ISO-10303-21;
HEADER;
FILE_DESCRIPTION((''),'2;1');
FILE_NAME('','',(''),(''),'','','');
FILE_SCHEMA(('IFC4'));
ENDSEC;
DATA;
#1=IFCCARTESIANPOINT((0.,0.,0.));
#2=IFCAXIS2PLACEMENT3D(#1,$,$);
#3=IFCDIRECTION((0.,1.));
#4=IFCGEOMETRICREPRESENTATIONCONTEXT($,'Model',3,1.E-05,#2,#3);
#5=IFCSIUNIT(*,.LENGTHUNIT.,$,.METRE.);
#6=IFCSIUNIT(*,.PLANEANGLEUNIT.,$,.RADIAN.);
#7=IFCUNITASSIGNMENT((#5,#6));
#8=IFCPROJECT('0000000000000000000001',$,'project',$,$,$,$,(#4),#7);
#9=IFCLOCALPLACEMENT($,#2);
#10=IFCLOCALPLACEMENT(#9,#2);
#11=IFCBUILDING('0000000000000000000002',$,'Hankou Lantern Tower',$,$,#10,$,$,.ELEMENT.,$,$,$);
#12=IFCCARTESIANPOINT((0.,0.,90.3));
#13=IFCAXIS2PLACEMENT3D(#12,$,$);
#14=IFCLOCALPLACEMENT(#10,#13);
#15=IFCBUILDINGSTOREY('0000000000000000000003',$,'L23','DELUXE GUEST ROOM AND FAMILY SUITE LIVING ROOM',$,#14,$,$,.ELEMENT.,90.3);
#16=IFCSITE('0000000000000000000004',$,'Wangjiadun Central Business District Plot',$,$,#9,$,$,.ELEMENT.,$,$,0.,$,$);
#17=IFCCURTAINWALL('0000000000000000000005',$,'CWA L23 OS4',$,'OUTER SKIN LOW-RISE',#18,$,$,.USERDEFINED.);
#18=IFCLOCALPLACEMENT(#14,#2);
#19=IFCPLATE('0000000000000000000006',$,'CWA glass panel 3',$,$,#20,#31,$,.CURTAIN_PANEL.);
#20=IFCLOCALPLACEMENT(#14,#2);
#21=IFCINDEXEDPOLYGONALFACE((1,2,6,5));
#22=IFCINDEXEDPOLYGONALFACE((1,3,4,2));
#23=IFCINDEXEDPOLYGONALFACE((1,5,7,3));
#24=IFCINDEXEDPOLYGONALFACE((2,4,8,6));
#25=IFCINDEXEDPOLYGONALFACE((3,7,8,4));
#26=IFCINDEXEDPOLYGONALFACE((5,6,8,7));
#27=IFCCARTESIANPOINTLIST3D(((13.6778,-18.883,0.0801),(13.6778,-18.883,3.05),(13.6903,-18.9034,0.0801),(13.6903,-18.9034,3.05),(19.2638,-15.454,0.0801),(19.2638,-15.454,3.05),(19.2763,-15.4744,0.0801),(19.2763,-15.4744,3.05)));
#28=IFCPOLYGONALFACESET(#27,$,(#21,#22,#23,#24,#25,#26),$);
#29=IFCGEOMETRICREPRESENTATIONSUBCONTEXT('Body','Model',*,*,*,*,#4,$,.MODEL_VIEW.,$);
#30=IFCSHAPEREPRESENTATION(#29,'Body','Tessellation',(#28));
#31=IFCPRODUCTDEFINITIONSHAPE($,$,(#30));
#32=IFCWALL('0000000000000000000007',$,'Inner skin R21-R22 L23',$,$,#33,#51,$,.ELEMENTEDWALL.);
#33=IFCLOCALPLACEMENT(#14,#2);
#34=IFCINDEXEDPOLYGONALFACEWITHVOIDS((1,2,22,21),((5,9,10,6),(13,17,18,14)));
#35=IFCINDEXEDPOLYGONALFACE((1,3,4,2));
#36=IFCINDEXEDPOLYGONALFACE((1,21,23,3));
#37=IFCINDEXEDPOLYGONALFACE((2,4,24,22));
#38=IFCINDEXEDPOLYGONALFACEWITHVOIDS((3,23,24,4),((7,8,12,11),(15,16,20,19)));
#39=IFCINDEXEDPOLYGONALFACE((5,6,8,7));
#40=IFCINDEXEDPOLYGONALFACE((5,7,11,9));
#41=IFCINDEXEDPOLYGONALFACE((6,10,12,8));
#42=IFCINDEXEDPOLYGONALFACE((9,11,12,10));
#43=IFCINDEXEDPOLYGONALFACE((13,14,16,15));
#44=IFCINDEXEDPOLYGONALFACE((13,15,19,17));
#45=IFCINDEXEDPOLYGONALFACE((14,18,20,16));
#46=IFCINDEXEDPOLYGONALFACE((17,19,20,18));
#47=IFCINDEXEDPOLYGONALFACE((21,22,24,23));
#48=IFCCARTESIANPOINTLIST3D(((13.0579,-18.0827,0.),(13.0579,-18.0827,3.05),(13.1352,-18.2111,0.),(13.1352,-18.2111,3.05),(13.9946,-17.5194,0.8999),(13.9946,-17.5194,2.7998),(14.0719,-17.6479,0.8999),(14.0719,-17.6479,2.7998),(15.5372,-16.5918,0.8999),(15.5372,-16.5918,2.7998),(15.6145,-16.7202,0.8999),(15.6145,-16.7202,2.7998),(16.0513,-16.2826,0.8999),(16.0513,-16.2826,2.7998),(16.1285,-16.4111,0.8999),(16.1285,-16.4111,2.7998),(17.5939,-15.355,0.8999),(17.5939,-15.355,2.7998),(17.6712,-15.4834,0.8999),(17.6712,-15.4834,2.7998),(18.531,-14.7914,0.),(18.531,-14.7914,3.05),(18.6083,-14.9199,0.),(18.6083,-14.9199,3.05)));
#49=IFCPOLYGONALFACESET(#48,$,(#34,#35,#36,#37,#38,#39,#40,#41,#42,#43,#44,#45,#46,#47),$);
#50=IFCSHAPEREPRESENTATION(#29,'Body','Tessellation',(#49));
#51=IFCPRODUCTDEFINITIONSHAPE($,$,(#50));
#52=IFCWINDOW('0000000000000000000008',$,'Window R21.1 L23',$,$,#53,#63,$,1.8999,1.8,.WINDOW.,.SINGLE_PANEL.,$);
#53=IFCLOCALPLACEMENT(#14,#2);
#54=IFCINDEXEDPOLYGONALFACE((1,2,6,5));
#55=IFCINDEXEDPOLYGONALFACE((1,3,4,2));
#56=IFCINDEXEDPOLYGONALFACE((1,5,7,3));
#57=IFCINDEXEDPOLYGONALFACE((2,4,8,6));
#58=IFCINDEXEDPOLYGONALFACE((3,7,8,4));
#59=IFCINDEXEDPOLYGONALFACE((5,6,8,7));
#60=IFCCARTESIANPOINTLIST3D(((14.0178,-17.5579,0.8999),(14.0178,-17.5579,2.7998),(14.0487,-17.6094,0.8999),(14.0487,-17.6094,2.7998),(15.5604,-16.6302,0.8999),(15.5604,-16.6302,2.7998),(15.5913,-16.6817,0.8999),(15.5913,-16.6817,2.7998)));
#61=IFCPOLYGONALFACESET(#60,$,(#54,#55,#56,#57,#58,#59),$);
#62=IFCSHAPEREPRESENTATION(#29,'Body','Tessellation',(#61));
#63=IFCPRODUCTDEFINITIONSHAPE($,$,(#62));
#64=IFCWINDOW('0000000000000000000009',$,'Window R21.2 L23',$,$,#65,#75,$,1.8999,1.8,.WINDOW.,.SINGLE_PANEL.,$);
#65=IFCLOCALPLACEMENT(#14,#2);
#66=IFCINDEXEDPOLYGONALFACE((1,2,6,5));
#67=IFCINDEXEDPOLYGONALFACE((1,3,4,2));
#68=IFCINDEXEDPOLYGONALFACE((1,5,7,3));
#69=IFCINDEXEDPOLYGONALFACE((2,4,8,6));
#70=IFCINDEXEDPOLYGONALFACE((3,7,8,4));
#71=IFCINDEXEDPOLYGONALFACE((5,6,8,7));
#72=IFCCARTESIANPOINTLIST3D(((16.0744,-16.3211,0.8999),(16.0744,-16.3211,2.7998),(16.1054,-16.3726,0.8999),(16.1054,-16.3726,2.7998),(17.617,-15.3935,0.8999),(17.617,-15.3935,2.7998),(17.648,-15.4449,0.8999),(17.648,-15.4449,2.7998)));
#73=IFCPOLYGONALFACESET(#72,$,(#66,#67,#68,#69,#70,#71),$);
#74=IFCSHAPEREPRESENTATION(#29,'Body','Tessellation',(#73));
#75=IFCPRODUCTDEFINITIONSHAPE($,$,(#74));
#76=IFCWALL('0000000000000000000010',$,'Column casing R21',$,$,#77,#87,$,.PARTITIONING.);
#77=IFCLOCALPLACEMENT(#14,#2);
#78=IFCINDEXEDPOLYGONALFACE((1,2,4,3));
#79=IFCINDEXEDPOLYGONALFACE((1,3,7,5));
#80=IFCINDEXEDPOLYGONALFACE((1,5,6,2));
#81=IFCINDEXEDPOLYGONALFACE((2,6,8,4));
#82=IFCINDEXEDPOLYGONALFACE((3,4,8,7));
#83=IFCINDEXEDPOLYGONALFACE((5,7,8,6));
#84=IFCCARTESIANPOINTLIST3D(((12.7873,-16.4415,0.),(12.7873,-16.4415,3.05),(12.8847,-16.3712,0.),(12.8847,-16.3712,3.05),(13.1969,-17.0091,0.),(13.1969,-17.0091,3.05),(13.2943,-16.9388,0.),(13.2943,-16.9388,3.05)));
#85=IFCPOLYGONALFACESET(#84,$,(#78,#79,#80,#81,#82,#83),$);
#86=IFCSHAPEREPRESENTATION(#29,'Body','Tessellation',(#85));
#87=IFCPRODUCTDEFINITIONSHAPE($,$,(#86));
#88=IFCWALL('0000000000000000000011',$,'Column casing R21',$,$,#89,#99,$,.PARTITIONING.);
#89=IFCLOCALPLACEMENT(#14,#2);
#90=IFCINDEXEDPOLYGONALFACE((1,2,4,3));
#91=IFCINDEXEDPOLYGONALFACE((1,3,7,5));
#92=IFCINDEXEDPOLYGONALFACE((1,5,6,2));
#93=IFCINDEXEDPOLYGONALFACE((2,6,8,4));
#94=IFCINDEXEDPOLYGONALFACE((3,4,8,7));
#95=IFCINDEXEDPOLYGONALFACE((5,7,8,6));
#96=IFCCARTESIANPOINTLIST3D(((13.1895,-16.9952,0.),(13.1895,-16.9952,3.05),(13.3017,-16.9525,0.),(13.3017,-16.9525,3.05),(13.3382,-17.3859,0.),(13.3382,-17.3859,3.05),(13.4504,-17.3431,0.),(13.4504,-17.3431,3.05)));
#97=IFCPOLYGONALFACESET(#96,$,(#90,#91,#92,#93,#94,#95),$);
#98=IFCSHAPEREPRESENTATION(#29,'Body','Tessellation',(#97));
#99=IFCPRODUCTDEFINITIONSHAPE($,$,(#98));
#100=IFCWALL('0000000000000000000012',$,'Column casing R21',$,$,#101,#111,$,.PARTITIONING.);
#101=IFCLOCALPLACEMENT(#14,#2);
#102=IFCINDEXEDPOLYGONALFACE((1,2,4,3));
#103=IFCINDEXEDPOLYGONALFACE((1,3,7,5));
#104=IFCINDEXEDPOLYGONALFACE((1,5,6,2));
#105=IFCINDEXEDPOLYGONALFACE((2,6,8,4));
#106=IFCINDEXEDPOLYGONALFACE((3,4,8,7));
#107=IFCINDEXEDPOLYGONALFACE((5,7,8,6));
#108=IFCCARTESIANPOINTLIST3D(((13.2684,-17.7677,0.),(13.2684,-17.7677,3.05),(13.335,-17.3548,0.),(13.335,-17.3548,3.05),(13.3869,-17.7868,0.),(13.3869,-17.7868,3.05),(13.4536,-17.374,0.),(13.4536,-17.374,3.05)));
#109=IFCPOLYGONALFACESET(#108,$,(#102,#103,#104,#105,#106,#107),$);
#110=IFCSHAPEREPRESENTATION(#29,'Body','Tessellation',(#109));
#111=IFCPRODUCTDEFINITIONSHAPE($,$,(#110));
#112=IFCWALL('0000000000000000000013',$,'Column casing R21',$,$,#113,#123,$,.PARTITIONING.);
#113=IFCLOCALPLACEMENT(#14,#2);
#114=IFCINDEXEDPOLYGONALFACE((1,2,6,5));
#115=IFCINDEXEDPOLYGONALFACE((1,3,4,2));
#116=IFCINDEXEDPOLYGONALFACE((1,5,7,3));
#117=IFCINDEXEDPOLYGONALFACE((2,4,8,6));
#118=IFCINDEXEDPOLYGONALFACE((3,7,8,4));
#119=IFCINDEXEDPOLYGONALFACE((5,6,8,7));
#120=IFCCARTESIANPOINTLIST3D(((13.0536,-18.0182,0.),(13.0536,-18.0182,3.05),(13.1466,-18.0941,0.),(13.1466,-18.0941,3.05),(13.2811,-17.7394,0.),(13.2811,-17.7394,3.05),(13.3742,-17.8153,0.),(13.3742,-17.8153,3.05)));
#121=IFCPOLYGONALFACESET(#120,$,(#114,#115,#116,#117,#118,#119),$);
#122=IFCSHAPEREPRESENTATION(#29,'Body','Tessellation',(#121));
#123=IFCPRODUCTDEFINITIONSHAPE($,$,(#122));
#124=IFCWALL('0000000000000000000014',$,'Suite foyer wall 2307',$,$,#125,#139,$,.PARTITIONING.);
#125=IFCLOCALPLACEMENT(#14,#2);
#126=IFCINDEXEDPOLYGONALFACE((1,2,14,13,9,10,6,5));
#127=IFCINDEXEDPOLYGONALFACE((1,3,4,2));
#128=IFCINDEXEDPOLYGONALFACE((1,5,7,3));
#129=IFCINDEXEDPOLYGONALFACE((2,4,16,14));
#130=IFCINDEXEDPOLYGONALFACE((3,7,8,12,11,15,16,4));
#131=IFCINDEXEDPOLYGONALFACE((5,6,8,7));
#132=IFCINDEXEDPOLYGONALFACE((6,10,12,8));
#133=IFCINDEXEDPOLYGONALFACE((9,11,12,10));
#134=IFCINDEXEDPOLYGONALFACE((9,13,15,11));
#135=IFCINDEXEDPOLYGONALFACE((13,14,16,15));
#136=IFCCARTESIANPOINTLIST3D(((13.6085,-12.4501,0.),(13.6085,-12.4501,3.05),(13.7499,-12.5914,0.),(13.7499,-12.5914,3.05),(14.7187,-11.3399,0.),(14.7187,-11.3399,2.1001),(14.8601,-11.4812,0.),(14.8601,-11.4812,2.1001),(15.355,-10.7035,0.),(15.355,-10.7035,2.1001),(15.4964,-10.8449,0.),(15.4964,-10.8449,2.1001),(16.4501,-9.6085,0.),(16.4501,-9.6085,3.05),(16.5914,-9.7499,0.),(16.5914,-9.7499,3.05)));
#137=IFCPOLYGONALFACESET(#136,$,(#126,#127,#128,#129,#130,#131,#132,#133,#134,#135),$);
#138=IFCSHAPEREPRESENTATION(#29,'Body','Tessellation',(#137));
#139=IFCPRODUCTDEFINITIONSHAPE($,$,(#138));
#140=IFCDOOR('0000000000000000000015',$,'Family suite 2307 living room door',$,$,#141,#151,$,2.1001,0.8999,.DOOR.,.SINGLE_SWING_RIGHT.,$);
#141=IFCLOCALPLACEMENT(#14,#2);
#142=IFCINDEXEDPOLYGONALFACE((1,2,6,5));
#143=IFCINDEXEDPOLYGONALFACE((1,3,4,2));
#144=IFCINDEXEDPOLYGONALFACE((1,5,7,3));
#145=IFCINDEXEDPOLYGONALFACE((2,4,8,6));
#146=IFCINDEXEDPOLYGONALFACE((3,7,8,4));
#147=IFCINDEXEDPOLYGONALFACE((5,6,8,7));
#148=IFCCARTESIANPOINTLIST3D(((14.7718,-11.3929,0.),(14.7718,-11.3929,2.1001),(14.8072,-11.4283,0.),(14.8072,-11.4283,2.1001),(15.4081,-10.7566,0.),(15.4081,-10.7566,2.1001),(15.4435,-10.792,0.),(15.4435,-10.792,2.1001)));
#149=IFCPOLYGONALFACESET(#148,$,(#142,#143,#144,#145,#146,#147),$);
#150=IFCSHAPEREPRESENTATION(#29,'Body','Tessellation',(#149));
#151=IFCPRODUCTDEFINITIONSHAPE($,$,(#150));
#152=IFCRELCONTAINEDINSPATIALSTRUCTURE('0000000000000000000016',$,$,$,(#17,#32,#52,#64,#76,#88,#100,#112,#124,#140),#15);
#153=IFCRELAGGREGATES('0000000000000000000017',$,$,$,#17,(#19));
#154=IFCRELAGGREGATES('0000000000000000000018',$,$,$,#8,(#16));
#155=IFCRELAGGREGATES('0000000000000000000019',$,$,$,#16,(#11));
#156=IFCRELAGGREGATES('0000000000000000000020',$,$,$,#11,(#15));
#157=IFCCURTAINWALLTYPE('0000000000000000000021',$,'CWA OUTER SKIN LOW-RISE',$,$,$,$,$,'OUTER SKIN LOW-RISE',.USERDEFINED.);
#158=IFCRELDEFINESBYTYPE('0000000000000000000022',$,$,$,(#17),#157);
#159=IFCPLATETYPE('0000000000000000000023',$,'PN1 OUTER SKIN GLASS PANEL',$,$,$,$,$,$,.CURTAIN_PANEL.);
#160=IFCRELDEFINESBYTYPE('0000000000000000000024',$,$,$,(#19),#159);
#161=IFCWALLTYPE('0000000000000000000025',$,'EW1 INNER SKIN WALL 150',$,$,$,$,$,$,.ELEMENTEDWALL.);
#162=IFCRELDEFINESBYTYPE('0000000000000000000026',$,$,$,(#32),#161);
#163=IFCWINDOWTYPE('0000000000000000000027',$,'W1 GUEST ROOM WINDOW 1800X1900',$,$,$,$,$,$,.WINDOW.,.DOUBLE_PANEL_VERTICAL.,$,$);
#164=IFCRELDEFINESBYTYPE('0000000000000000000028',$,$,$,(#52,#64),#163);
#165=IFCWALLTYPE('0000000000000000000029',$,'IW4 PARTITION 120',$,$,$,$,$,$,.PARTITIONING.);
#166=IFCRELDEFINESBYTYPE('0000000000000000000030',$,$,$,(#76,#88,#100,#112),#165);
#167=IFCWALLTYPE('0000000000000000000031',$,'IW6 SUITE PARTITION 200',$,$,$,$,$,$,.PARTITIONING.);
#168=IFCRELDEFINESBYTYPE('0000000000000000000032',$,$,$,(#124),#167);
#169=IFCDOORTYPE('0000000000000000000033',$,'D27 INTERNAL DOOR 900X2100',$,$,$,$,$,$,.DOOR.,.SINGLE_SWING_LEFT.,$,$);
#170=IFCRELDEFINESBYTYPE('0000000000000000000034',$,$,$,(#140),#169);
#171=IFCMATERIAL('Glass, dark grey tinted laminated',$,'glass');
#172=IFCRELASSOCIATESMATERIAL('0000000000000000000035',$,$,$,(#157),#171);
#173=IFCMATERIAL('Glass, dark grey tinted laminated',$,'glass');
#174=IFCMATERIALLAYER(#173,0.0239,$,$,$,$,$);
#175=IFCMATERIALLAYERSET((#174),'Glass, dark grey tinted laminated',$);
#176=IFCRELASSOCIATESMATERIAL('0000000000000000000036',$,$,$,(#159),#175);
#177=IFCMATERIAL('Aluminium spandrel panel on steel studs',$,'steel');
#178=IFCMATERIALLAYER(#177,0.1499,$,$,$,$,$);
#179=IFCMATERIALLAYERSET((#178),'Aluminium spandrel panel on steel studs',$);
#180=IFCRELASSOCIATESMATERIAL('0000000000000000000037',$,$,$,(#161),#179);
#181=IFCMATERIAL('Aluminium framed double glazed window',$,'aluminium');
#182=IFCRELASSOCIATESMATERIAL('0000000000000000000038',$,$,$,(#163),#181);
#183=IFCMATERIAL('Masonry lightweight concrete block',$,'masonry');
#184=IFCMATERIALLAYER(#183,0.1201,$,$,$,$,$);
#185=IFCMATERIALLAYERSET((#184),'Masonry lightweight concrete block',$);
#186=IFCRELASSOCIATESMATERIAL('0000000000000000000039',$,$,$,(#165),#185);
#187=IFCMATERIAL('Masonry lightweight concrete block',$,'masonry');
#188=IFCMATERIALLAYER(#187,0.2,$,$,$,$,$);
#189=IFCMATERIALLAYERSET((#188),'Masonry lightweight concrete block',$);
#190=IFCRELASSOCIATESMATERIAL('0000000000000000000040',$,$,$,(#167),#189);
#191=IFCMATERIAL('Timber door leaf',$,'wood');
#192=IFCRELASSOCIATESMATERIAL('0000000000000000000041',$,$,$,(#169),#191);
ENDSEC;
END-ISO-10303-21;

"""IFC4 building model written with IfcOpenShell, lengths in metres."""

from ifc_helpers import new_model, si_unit, direction, frame, frame_2d, origin, origin_2d, place, context, subcontext, project, spatial, rectangle, extrude, material, layer, layer_set, type_object, element, fill, aggregate, save


model = new_model("IFC4")

# Units and contexts
model_context = context("Model", 3, precision=1e-05, world=origin(), true_north=direction((0.0, 1.0)))
body_context = subcontext(model_context, "Body", "Model", "MODEL_VIEW")
ifc_project = project(units=[si_unit("LENGTHUNIT", "METRE"), si_unit("PLANEANGLEUNIT", "RADIAN")], contexts=[model_context])

# Site, building, storey
site_placement = place(None, origin())
site = spatial("IfcSite", under=ifc_project, at=site_placement, Name="Wangjiadun Central Business District Plot", CompositionType="ELEMENT", RefElevation=0.0)
building_placement = place(site_placement, origin())
building = spatial("IfcBuilding", under=site, at=building_placement, Name="Hankou Lantern Tower", CompositionType="ELEMENT")
storey_placement = place(building_placement, frame((0.0, 0.0, 90.3)))
storey = spatial("IfcBuildingStorey", under=building, at=storey_placement, Name="L23", Description="DELUXE GUEST ROOM AND FAMILY SUITE LIVING ROOM", CompositionType="ELEMENT", Elevation=90.3)

# Curtain wall
ifc_material_1 = material(Name="Glass, dark grey tinted laminated", Category="glass")
curtain_wall_type = type_object("IfcCurtainWallType", Name="CWA OUTER SKIN LOW-RISE", ElementType="OUTER SKIN LOW-RISE", PredefinedType="USERDEFINED", material=ifc_material_1)
curtain_wall_placement = place(storey_placement, origin())
curtain_wall = element("IfcCurtainWall", 1, at=curtain_wall_placement, inside=storey, type_object=curtain_wall_type, Name="CWA L23 OS4", ObjectType="OUTER SKIN LOW-RISE", PredefinedType="USERDEFINED")

# Plate
ifc_material_2 = material(Name="Glass, dark grey tinted laminated", Category="glass")
ifc_layer_1 = layer(ifc_material_2, 0.0239)
ifc_layer_set_1 = layer_set([ifc_layer_1], Name="Glass, dark grey tinted laminated")
plate_type = type_object("IfcPlateType", Name="PN1 OUTER SKIN GLASS PANEL", PredefinedType="CURTAIN_PANEL", material=ifc_layer_set_1)
plate_placement = place(storey_placement, frame((16.4771, -17.1787, 0.0801), z_axis=(0.0, 0.0, 1.0), x_axis=(0.852237, 0.523156, 0.0)))
plate = element("IfcPlate", 2, at=plate_placement, type_object=plate_type, Name="CWA glass panel 3", PredefinedType="CURTAIN_PANEL", context=body_context, shape_type="SweptSolid", body=[
    extrude(rectangle(XDim=6.5544, YDim=0.0239, at=origin_2d()), origin(), (0.0, 0.0, 1.0), 2.97),
])
aggregate(curtain_wall, [plate])

# Wall, openings, windows
ifc_material_3 = material(Name="Aluminium spandrel panel on steel studs", Category="steel")
ifc_layer_2 = layer(ifc_material_3, 0.1499)
ifc_layer_set_2 = layer_set([ifc_layer_2], Name="Aluminium spandrel panel on steel studs")
wall_type_1 = type_object("IfcWallType", Name="EW1 INNER SKIN WALL 150", PredefinedType="ELEMENTEDWALL", material=ifc_layer_set_2)
wall_1_placement = place(storey_placement, frame((13.0964, -18.147, 0.0), z_axis=(0.0, 0.0, 1.0), x_axis=(0.856983, 0.515344, 0.0)))
wall_1 = element("IfcWall", 3, at=wall_1_placement, inside=storey, type_object=wall_type_1, Name="Inner skin R21-R22 L23", PredefinedType="ELEMENTEDWALL", context=body_context, shape_type="SweptSolid", body=[
    extrude(rectangle(XDim=6.3865, YDim=0.1499, at=frame_2d((3.1934, 0.0))), origin(), (0.0, 0.0, 1.0), 3.05),
])
opening_1_placement = place(wall_1_placement, frame((1.0933, 0.0, 0.8999)))
opening_1 = element("IfcOpeningElement", 4, at=opening_1_placement, cuts=wall_1, PredefinedType="OPENING", context=body_context, shape_type="SweptSolid", body=[
    extrude(rectangle(XDim=1.8, YDim=1.8999, at=frame_2d((0.8999, 0.95))), frame((0.0, 0.085, 0.0), z_axis=(0.0, -1.0, 0.0), x_axis=(1.0, 0.0, 0.0)), (0.0, 0.0, 1.0), 0.1699),
])
opening_2_placement = place(wall_1_placement, frame((3.4932, 0.0, 0.8999)))
opening_2 = element("IfcOpeningElement", 5, at=opening_2_placement, cuts=wall_1, PredefinedType="OPENING", context=body_context, shape_type="SweptSolid", body=[
    extrude(rectangle(XDim=1.8, YDim=1.8999, at=frame_2d((0.8999, 0.95))), frame((0.0, 0.085, 0.0), z_axis=(0.0, -1.0, 0.0), x_axis=(1.0, 0.0, 0.0)), (0.0, 0.0, 1.0), 0.1699),
])
ifc_material_4 = material(Name="Aluminium framed double glazed window", Category="aluminium")
window_type = type_object("IfcWindowType", Name="W1 GUEST ROOM WINDOW 1800X1900", PartitioningType="DOUBLE_PANEL_VERTICAL", PredefinedType="WINDOW", material=ifc_material_4)
window_1_placement = place(opening_1_placement, origin())
window_1 = element("IfcWindow", 6, at=window_1_placement, inside=storey, type_object=window_type, Name="Window R21.1 L23", OverallHeight=1.8999, OverallWidth=1.8, PartitioningType="SINGLE_PANEL", PredefinedType="WINDOW", context=body_context, shape_type="SweptSolid", body=[
    extrude(rectangle(XDim=1.8, YDim=1.8999, at=frame_2d((0.8999, 0.95))), frame((0.0, 0.03, 0.0), z_axis=(0.0, -1.0, 0.0), x_axis=(1.0, 0.0, 0.0)), (0.0, 0.0, 1.0), 0.0601),
])
fill(opening_1, window_1)
window_2_placement = place(opening_2_placement, origin())
window_2 = element("IfcWindow", 7, at=window_2_placement, inside=storey, type_object=window_type, Name="Window R21.2 L23", OverallHeight=1.8999, OverallWidth=1.8, PartitioningType="SINGLE_PANEL", PredefinedType="WINDOW", context=body_context, shape_type="SweptSolid", body=[
    extrude(rectangle(XDim=1.8, YDim=1.8999, at=frame_2d((0.8999, 0.95))), frame((0.0, 0.03, 0.0), z_axis=(0.0, -1.0, 0.0), x_axis=(1.0, 0.0, 0.0)), (0.0, 0.0, 1.0), 0.0601),
])
fill(opening_2, window_2)

# Walls
ifc_material_5 = material(Name="Masonry lightweight concrete block", Category="masonry")
ifc_layer_3 = layer(ifc_material_5, 0.1201)
ifc_layer_set_3 = layer_set([ifc_layer_3], Name="Masonry lightweight concrete block")
wall_type_2 = type_object("IfcWallType", Name="IW4 PARTITION 120", PredefinedType="PARTITIONING", material=ifc_layer_set_3)
wall_2_placement = place(storey_placement, frame((12.8359, -16.4062, 0.0), z_axis=(0.0, 0.0, 1.0), x_axis=(0.585223, -0.810872, 0.0)))
element("IfcWall", 8, at=wall_2_placement, inside=storey, type_object=wall_type_2, Name="Column casing R21", PredefinedType="PARTITIONING", context=body_context, shape_type="SweptSolid", body=[
    extrude(rectangle(XDim=0.7, YDim=0.1201, at=frame_2d((0.3501, 0.0))), origin(), (0.0, 0.0, 1.0), 3.05),
])
wall_3_placement = place(storey_placement, frame((13.2456, -16.9739, 0.0), z_axis=(0.0, 0.0, 1.0), x_axis=(0.355728, -0.934589, 0.0)))
element("IfcWall", 9, at=wall_3_placement, inside=storey, type_object=wall_type_2, Name="Column casing R21", PredefinedType="PARTITIONING", context=body_context, shape_type="SweptSolid", body=[
    extrude(rectangle(XDim=0.418, YDim=0.1201, at=frame_2d((0.209, 0.0))), origin(), (0.0, 0.0, 1.0), 3.05),
])
wall_4_placement = place(storey_placement, frame((13.3943, -17.3645, 0.0), z_axis=(0.0, 0.0, 1.0), x_axis=(-0.159379, -0.987217, 0.0)))
element("IfcWall", 10, at=wall_4_placement, inside=storey, type_object=wall_type_2, Name="Column casing R21", PredefinedType="PARTITIONING", context=body_context, shape_type="SweptSolid", body=[
    extrude(rectangle(XDim=0.4182, YDim=0.1201, at=frame_2d((0.209, 0.0))), origin(), (0.0, 0.0, 1.0), 3.05),
])
wall_5_placement = place(storey_placement, frame((13.3276, -17.7773, 0.0), z_axis=(0.0, 0.0, 1.0), x_axis=(-0.632277, -0.774743, 0.0)))
element("IfcWall", 11, at=wall_5_placement, inside=storey, type_object=wall_type_2, Name="Column casing R21", PredefinedType="PARTITIONING", context=body_context, shape_type="SweptSolid", body=[
    extrude(rectangle(XDim=0.3599, YDim=0.1201, at=frame_2d((0.1799, 0.0))), origin(), (0.0, 0.0, 1.0), 3.05),
])

# Wall, opening, door
ifc_material_6 = material(Name="Masonry lightweight concrete block", Category="masonry")
ifc_layer_4 = layer(ifc_material_6, 0.2)
ifc_layer_set_4 = layer_set([ifc_layer_4], Name="Masonry lightweight concrete block")
wall_type_3 = type_object("IfcWallType", Name="IW6 SUITE PARTITION 200", PredefinedType="PARTITIONING", material=ifc_layer_set_4)
wall_6_placement = place(storey_placement, frame((13.6792, -12.5208, 0.0), z_axis=(0.0, 0.0, 1.0), x_axis=(0.707107, 0.707107, 0.0)))
wall_6 = element("IfcWall", 12, at=wall_6_placement, inside=storey, type_object=wall_type_3, Name="Suite foyer wall 2307", PredefinedType="PARTITIONING", context=body_context, shape_type="SweptSolid", body=[
    extrude(rectangle(XDim=4.0186, YDim=0.2, at=frame_2d((2.0093, 0.0))), origin(), (0.0, 0.0, 1.0), 3.05),
])
opening_3_placement = place(wall_6_placement, frame((1.5701, 0.0, 0.0)))
opening_3 = element("IfcOpeningElement", 13, at=opening_3_placement, cuts=wall_6, PredefinedType="OPENING", context=body_context, shape_type="SweptSolid", body=[
    extrude(rectangle(XDim=0.8999, YDim=2.1001, at=frame_2d((0.45, 1.05))), frame((0.0, 0.1099, 0.0), z_axis=(0.0, -1.0, 0.0), x_axis=(1.0, 0.0, 0.0)), (0.0, 0.0, 1.0), 0.22),
])
ifc_material_7 = material(Name="Timber door leaf", Category="wood")
door_type = type_object("IfcDoorType", Name="D27 INTERNAL DOOR 900X2100", OperationType="SINGLE_SWING_LEFT", PredefinedType="DOOR", material=ifc_material_7)
door_1_placement = place(opening_3_placement, origin())
door_1 = element("IfcDoor", 14, at=door_1_placement, inside=storey, type_object=door_type, Name="Family suite 2307 living room door", OperationType="SINGLE_SWING_RIGHT", OverallHeight=2.1001, OverallWidth=0.8999, PredefinedType="DOOR", context=body_context, shape_type="SweptSolid", body=[
    extrude(rectangle(XDim=0.8999, YDim=2.1001, at=frame_2d((0.45, 1.05))), frame((0.0, 0.0249, 0.0), z_axis=(0.0, -1.0, 0.0), x_axis=(1.0, 0.0, 0.0)), (0.0, 0.0, 1.0), 0.05),
])
fill(opening_3, door_1)

save(model, "model.ifc")
